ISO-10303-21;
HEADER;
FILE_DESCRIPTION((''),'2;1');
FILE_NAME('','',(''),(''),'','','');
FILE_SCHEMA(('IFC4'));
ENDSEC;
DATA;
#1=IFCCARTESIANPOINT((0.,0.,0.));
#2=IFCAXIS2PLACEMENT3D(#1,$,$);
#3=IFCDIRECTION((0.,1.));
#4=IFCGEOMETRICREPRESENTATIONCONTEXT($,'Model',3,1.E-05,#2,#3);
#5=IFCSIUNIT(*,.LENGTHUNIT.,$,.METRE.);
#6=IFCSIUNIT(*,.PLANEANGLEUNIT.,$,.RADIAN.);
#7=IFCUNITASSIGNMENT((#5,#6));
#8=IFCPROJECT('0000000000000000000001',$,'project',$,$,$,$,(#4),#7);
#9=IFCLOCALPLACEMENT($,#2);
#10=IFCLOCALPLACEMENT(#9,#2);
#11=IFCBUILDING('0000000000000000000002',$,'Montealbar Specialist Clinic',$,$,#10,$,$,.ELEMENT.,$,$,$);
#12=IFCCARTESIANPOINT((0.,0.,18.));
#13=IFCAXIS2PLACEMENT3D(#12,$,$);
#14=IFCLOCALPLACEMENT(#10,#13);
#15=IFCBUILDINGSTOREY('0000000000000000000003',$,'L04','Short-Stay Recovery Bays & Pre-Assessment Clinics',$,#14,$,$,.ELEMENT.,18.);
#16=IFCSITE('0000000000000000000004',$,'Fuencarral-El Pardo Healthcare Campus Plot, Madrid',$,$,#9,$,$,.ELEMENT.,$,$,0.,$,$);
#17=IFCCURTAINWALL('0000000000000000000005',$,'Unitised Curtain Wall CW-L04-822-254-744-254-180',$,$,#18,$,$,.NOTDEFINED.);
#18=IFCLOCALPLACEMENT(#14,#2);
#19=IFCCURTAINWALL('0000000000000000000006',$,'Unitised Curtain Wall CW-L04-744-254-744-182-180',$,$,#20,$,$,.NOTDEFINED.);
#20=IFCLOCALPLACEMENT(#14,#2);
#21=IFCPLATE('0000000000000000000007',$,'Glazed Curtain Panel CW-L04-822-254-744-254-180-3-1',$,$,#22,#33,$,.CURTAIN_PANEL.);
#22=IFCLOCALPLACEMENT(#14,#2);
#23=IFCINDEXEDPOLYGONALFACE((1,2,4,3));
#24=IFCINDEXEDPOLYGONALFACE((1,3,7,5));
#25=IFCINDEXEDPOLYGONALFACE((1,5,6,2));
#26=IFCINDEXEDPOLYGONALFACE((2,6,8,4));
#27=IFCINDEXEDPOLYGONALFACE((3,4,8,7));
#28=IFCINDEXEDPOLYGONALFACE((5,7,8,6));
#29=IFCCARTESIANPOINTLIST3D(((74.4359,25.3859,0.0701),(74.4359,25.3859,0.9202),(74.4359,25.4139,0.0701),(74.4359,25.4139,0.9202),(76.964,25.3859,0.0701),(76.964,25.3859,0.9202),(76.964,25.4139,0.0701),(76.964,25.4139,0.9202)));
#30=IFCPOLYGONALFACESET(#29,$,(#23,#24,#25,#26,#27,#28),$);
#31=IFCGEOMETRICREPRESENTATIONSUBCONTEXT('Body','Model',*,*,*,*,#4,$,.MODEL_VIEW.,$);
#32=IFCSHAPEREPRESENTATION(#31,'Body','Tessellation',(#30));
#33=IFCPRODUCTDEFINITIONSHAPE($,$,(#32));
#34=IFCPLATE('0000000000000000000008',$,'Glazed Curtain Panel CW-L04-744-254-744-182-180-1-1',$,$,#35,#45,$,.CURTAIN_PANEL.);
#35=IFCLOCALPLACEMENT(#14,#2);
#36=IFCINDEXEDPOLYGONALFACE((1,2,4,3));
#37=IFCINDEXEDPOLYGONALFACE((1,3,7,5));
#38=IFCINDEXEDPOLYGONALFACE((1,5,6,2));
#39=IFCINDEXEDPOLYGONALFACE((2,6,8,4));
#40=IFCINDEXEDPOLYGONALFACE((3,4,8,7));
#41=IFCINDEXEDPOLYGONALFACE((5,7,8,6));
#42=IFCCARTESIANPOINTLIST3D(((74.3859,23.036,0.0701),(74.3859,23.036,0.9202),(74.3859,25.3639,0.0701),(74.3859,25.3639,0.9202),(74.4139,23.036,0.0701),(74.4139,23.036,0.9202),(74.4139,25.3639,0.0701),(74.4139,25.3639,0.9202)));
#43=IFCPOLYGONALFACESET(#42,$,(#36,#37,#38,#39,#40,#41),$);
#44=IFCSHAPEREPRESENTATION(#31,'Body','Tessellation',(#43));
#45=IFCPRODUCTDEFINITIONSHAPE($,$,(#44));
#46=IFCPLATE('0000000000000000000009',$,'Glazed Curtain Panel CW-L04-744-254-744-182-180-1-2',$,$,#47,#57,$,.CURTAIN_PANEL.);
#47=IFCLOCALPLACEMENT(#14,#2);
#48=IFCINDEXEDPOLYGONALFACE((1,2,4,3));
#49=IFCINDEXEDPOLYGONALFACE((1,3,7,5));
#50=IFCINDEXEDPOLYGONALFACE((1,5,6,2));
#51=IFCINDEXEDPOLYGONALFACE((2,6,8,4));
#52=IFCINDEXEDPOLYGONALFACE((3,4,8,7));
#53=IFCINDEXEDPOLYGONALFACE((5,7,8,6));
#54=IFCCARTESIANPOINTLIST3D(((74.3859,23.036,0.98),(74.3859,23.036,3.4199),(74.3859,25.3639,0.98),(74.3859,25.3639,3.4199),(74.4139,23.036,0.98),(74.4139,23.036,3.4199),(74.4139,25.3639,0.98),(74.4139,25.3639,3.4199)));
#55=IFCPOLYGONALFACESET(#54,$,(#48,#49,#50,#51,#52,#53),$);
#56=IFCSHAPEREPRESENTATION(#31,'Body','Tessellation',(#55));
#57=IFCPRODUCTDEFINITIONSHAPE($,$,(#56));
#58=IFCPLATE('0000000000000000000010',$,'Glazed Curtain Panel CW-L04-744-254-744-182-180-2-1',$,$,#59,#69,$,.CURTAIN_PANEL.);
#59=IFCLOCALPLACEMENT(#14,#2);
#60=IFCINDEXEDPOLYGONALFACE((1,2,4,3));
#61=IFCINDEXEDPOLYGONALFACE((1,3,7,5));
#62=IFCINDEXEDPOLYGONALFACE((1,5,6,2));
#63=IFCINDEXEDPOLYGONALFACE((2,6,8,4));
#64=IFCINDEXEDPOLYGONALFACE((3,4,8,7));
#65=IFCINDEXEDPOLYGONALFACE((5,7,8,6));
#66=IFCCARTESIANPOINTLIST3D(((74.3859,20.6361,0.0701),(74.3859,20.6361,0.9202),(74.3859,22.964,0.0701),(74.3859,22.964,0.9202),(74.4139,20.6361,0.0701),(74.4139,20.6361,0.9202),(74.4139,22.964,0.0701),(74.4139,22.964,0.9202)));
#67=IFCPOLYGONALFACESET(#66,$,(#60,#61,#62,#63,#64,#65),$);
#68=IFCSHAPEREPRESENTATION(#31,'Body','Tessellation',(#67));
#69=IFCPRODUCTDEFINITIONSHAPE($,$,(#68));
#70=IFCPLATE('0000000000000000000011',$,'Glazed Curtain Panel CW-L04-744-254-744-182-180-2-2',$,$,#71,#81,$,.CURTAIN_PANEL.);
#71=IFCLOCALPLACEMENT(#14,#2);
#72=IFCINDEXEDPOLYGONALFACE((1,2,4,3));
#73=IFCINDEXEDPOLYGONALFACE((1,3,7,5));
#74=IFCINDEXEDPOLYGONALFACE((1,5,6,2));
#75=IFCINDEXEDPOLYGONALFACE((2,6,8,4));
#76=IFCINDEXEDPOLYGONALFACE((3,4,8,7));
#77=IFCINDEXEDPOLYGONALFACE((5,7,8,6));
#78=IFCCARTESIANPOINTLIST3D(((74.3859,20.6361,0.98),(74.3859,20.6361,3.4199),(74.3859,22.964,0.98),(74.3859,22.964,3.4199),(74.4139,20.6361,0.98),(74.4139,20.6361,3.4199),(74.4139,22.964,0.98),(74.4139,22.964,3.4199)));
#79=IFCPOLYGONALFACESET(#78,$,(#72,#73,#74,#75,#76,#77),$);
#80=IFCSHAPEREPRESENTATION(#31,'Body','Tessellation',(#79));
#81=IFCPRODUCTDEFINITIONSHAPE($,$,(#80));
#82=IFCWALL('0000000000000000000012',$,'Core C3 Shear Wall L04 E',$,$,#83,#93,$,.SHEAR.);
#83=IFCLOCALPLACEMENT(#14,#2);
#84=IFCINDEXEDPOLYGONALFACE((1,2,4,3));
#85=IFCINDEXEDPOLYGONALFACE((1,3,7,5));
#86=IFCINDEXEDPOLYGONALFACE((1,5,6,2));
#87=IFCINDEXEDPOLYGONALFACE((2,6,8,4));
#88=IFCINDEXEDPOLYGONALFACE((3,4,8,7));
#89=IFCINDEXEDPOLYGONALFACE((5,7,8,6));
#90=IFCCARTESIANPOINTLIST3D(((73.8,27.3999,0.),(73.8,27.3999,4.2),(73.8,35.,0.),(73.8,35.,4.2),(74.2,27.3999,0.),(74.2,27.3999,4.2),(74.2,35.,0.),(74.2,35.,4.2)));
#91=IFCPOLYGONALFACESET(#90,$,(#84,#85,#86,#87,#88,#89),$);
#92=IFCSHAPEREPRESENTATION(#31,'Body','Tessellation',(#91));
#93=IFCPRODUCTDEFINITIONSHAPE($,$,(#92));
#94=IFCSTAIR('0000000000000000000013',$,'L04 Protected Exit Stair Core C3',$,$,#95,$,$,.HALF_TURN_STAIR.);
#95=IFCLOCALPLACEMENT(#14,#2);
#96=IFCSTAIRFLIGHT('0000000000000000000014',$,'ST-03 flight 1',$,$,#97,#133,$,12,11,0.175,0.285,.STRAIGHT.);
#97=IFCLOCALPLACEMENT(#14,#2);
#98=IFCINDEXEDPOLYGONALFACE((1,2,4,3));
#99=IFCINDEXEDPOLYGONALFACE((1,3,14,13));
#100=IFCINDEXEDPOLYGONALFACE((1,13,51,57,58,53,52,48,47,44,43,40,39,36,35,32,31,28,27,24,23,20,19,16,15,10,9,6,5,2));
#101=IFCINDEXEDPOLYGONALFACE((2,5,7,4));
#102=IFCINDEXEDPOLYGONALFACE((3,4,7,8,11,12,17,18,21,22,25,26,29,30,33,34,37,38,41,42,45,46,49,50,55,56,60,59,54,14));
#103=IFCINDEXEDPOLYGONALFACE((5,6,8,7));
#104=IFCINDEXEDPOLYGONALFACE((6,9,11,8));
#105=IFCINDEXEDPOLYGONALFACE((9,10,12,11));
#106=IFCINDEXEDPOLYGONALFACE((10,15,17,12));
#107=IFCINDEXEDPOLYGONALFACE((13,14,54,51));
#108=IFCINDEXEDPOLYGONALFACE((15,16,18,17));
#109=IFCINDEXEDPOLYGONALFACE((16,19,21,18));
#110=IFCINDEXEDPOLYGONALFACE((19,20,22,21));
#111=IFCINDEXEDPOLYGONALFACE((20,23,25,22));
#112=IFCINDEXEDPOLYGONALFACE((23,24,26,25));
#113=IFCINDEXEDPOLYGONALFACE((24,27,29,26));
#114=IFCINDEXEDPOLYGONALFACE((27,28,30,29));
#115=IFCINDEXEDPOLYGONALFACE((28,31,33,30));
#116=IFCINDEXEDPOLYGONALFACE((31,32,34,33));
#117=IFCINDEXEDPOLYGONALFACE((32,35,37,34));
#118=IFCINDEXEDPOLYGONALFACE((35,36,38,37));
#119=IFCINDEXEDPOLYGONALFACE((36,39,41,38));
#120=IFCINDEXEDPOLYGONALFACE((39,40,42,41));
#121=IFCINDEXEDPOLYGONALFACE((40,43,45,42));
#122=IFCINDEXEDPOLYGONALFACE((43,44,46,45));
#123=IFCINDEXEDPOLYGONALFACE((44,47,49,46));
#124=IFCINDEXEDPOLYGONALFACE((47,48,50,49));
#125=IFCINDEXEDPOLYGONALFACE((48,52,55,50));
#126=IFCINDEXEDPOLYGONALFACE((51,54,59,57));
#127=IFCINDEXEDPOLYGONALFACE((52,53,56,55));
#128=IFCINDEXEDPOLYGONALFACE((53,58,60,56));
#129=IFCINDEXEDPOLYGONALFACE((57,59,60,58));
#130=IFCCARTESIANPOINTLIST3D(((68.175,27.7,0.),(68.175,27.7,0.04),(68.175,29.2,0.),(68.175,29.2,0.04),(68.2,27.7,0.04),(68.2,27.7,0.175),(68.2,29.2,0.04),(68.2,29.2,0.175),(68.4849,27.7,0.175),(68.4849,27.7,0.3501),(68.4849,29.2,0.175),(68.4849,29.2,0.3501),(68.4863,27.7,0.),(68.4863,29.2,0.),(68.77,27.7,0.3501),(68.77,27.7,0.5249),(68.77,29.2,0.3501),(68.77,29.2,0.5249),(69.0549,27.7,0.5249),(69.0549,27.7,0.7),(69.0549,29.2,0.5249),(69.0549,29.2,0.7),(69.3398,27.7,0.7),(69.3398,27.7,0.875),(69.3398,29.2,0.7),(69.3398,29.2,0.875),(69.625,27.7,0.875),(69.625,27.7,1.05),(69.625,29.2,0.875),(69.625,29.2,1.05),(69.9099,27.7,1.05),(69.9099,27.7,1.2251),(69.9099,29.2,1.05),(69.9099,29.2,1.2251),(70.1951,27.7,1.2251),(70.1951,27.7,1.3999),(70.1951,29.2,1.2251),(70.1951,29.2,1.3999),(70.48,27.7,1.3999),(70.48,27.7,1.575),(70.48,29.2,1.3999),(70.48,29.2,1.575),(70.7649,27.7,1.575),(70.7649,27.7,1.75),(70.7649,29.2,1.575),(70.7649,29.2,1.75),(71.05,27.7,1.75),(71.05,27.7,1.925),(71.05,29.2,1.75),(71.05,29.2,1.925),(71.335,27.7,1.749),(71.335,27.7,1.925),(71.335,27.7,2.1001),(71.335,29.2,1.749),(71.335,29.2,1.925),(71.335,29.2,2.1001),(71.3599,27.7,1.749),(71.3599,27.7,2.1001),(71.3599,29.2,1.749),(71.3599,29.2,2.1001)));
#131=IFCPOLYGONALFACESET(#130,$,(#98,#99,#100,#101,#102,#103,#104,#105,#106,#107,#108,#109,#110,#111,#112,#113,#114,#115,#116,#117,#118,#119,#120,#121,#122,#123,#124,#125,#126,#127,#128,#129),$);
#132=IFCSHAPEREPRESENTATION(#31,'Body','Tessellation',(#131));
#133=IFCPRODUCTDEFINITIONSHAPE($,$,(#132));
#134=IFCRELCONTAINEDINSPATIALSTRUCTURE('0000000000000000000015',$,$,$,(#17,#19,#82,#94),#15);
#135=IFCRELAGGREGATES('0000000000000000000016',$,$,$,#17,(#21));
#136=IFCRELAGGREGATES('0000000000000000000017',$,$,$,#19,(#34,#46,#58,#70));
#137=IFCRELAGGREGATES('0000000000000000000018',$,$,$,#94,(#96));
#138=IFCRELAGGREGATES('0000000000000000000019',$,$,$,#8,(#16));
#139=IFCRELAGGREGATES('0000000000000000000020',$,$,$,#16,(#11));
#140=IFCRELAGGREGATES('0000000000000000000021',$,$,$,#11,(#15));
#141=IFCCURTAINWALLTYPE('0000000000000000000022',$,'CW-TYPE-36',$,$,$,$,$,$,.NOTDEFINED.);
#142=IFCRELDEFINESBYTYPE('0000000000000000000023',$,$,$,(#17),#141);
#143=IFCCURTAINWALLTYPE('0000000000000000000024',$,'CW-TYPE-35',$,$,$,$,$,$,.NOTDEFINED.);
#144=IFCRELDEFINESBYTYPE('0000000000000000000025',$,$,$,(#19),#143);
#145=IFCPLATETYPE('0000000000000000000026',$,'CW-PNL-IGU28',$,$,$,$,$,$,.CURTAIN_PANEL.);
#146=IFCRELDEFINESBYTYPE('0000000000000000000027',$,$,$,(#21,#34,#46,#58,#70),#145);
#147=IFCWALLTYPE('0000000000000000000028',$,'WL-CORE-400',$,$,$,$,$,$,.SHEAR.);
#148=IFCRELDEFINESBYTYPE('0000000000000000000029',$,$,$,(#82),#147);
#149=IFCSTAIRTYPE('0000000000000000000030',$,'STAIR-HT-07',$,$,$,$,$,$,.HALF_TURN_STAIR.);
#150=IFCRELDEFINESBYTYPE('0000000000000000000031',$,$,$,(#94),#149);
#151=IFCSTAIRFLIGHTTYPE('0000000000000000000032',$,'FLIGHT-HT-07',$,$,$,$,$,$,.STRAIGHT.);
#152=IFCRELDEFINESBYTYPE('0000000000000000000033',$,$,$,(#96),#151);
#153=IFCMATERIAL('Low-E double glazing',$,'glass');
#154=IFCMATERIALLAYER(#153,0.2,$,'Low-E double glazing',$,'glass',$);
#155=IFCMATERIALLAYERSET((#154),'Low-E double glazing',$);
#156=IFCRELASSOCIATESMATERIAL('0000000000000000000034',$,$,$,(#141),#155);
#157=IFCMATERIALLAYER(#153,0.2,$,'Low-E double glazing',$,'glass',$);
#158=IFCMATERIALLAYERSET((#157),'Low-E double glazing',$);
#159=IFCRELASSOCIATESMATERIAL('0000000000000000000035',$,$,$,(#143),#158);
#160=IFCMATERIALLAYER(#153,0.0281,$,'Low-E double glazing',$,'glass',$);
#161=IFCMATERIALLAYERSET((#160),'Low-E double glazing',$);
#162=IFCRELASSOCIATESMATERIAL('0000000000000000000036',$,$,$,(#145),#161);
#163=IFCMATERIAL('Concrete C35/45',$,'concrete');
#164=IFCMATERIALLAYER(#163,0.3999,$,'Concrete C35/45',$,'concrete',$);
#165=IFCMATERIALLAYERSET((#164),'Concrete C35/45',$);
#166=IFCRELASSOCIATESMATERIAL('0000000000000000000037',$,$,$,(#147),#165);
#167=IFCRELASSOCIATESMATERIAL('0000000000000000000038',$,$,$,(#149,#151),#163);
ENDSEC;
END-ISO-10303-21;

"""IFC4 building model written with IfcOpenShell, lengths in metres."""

from ifc_helpers import new_model, si_unit, direction, frame, frame_2d, origin, origin_2d, place, context, subcontext, project, spatial, polyline, rectangle, outline, extrude, material, layer, layer_set, type_object, element, aggregate, save


model = new_model("IFC4")

# Units and contexts
model_context = context("Model", 3, precision=1e-05, world=origin(), true_north=direction((0.0, 1.0)))
body_context = subcontext(model_context, "Body", "Model", "MODEL_VIEW")
ifc_project = project(units=[si_unit("LENGTHUNIT", "METRE"), si_unit("PLANEANGLEUNIT", "RADIAN")], contexts=[model_context])

# Site, building, storey
site_placement = place(None, origin())
site = spatial("IfcSite", under=ifc_project, at=site_placement, Name="Fuencarral-El Pardo Healthcare Campus Plot, Madrid", CompositionType="ELEMENT", RefElevation=0.0)
building_placement = place(site_placement, origin())
building = spatial("IfcBuilding", under=site, at=building_placement, Name="Montealbar Specialist Clinic", CompositionType="ELEMENT")
storey_placement = place(building_placement, frame((0.0, 0.0, 18.0)))
storey = spatial("IfcBuildingStorey", under=building, at=storey_placement, Name="L04", Description="Short-Stay Recovery Bays & Pre-Assessment Clinics", CompositionType="ELEMENT", Elevation=18.0)

# Curtain wall
ifc_material_1 = material(Name="Low-E double glazing", Category="glass")
ifc_layer_1 = layer(ifc_material_1, 0.2, Name="Low-E double glazing", Category="glass")
ifc_layer_set_1 = layer_set([ifc_layer_1], Name="Low-E double glazing")
curtain_wall_type_1 = type_object("IfcCurtainWallType", Name="CW-TYPE-36", PredefinedType="NOTDEFINED", material=ifc_layer_set_1)
curtain_wall_1_placement = place(storey_placement, origin())
curtain_wall_1 = element("IfcCurtainWall", 1, at=curtain_wall_1_placement, inside=storey, type_object=curtain_wall_type_1, Name="Unitised Curtain Wall CW-L04-822-254-744-254-180", PredefinedType="NOTDEFINED")

# Curtain wall
ifc_layer_2 = layer(ifc_material_1, 0.2, Name="Low-E double glazing", Category="glass")
ifc_layer_set_2 = layer_set([ifc_layer_2], Name="Low-E double glazing")
curtain_wall_type_2 = type_object("IfcCurtainWallType", Name="CW-TYPE-35", PredefinedType="NOTDEFINED", material=ifc_layer_set_2)
curtain_wall_2_placement = place(storey_placement, origin())
curtain_wall_2 = element("IfcCurtainWall", 2, at=curtain_wall_2_placement, inside=storey, type_object=curtain_wall_type_2, Name="Unitised Curtain Wall CW-L04-744-254-744-182-180", PredefinedType="NOTDEFINED")

# Plates
ifc_layer_3 = layer(ifc_material_1, 0.0281, Name="Low-E double glazing", Category="glass")
ifc_layer_set_3 = layer_set([ifc_layer_3], Name="Low-E double glazing")
plate_type = type_object("IfcPlateType", Name="CW-PNL-IGU28", PredefinedType="CURTAIN_PANEL", material=ifc_layer_set_3)
plate_1_placement = place(storey_placement, frame((75.7, 25.3999, 0.0701), z_axis=(0.0, 0.0, 1.0), x_axis=(-1.0, 0.0, 0.0)))
plate_1 = element("IfcPlate", 3, at=plate_1_placement, type_object=plate_type, Name="Glazed Curtain Panel CW-L04-822-254-744-254-180-3-1", PredefinedType="CURTAIN_PANEL", context=body_context, shape_type="SweptSolid", body=[
    extrude(rectangle(XDim=2.5281, YDim=0.0281, at=origin_2d()), origin(), (0.0, 0.0, 1.0), 0.8501),
])
aggregate(curtain_wall_1, [plate_1])
plate_2_placement = place(storey_placement, frame((74.3999, 24.2, 0.0701), z_axis=(0.0, 0.0, 1.0), x_axis=(0.0, -1.0, 0.0)))
plate_2 = element("IfcPlate", 4, at=plate_2_placement, type_object=plate_type, Name="Glazed Curtain Panel CW-L04-744-254-744-182-180-1-1", PredefinedType="CURTAIN_PANEL", context=body_context, shape_type="SweptSolid", body=[
    extrude(rectangle(XDim=2.3279, YDim=0.0281, at=origin_2d()), origin(), (0.0, 0.0, 1.0), 0.8501),
])
plate_3_placement = place(storey_placement, frame((74.3999, 24.2, 0.98), z_axis=(0.0, 0.0, 1.0), x_axis=(0.0, -1.0, 0.0)))
plate_3 = element("IfcPlate", 5, at=plate_3_placement, type_object=plate_type, Name="Glazed Curtain Panel CW-L04-744-254-744-182-180-1-2", PredefinedType="CURTAIN_PANEL", context=body_context, shape_type="SweptSolid", body=[
    extrude(rectangle(XDim=2.3279, YDim=0.0281, at=origin_2d()), origin(), (0.0, 0.0, 1.0), 2.4399),
])
plate_4_placement = place(storey_placement, frame((74.3999, 21.8, 0.0701), z_axis=(0.0, 0.0, 1.0), x_axis=(0.0, -1.0, 0.0)))
plate_4 = element("IfcPlate", 6, at=plate_4_placement, type_object=plate_type, Name="Glazed Curtain Panel CW-L04-744-254-744-182-180-2-1", PredefinedType="CURTAIN_PANEL", context=body_context, shape_type="SweptSolid", body=[
    extrude(rectangle(XDim=2.3279, YDim=0.0281, at=origin_2d()), origin(), (0.0, 0.0, 1.0), 0.8501),
])
plate_5_placement = place(storey_placement, frame((74.3999, 21.8, 0.98), z_axis=(0.0, 0.0, 1.0), x_axis=(0.0, -1.0, 0.0)))
plate_5 = element("IfcPlate", 7, at=plate_5_placement, type_object=plate_type, Name="Glazed Curtain Panel CW-L04-744-254-744-182-180-2-2", PredefinedType="CURTAIN_PANEL", context=body_context, shape_type="SweptSolid", body=[
    extrude(rectangle(XDim=2.3279, YDim=0.0281, at=origin_2d()), origin(), (0.0, 0.0, 1.0), 2.4399),
])
aggregate(curtain_wall_2, [plate_2, plate_3, plate_4, plate_5])

# Wall
ifc_material_2 = material(Name="Concrete C35/45", Category="concrete")
ifc_layer_4 = layer(ifc_material_2, 0.3999, Name="Concrete C35/45", Category="concrete")
ifc_layer_set_4 = layer_set([ifc_layer_4], Name="Concrete C35/45")
wall_type = type_object("IfcWallType", Name="WL-CORE-400", PredefinedType="SHEAR", material=ifc_layer_set_4)
wall_placement = place(storey_placement, frame((74.0, 27.3999, 0.0), z_axis=(0.0, 0.0, 1.0), x_axis=(0.0, 1.0, 0.0)))
element("IfcWall", 8, at=wall_placement, inside=storey, type_object=wall_type, Name="Core C3 Shear Wall L04 E", PredefinedType="SHEAR", context=body_context, shape_type="SweptSolid", body=[
    extrude(rectangle(XDim=7.6001, YDim=0.3999, at=frame_2d((3.8, 0.0))), origin(), (0.0, 0.0, 1.0), 4.2),
])

# Stair, stair flight
stair_type = type_object("IfcStairType", Name="STAIR-HT-07", PredefinedType="HALF_TURN_STAIR", material=ifc_material_2)
stair_placement = place(storey_placement, origin())
stair = element("IfcStair", 9, at=stair_placement, inside=storey, type_object=stair_type, Name="L04 Protected Exit Stair Core C3", PredefinedType="HALF_TURN_STAIR")
stair_flight_type = type_object("IfcStairFlightType", Name="FLIGHT-HT-07", PredefinedType="STRAIGHT", material=ifc_material_2)
stair_flight_placement = place(storey_placement, frame((68.2, 28.45, 0.0), z_axis=(0.0, 0.0, 1.0), x_axis=(1.0, 0.0, 0.0)))
stair_flight = element("IfcStairFlight", 10, at=stair_flight_placement, type_object=stair_flight_type, Name="ST-03 flight 1", NumberOfRisers=12, NumberOfTreads=11, PredefinedType="STRAIGHT", RiserHeight=0.175, TreadLength=0.285, context=body_context, shape_type="SweptSolid", body=[
    extrude(outline(polyline([(-0.0249, 0.0), (-0.0249, 0.04), (0.0, 0.04), (0.0, 0.175), (0.2849, 0.175), (0.2849, 0.3501), (0.5701, 0.3501), (0.5701, 0.5249), (0.855, 0.5249), (0.855, 0.7), (1.1399, 0.7), (1.1399, 0.875), (1.425, 0.875), (1.425, 1.05), (1.71, 1.05), (1.71, 1.2251), (1.9951, 1.2251), (1.9951, 1.3999), (2.28, 1.3999), (2.28, 1.575), (2.5649, 1.575), (2.5649, 1.75), (2.8501, 1.75), (2.8501, 1.925), (3.135, 1.925), (3.135, 2.1001), (3.1599, 2.1001), (3.1599, 1.749), (3.135, 1.749), (0.2864, 0.0), (-0.0249, 0.0)])), frame((0.0, 0.75, 0.0), z_axis=(0.0, -1.0, 0.0), x_axis=(1.0, 0.0, 0.0)), (0.0, 0.0, 1.0), 1.5),
])
aggregate(stair, [stair_flight])

save(model, "model.ifc")
